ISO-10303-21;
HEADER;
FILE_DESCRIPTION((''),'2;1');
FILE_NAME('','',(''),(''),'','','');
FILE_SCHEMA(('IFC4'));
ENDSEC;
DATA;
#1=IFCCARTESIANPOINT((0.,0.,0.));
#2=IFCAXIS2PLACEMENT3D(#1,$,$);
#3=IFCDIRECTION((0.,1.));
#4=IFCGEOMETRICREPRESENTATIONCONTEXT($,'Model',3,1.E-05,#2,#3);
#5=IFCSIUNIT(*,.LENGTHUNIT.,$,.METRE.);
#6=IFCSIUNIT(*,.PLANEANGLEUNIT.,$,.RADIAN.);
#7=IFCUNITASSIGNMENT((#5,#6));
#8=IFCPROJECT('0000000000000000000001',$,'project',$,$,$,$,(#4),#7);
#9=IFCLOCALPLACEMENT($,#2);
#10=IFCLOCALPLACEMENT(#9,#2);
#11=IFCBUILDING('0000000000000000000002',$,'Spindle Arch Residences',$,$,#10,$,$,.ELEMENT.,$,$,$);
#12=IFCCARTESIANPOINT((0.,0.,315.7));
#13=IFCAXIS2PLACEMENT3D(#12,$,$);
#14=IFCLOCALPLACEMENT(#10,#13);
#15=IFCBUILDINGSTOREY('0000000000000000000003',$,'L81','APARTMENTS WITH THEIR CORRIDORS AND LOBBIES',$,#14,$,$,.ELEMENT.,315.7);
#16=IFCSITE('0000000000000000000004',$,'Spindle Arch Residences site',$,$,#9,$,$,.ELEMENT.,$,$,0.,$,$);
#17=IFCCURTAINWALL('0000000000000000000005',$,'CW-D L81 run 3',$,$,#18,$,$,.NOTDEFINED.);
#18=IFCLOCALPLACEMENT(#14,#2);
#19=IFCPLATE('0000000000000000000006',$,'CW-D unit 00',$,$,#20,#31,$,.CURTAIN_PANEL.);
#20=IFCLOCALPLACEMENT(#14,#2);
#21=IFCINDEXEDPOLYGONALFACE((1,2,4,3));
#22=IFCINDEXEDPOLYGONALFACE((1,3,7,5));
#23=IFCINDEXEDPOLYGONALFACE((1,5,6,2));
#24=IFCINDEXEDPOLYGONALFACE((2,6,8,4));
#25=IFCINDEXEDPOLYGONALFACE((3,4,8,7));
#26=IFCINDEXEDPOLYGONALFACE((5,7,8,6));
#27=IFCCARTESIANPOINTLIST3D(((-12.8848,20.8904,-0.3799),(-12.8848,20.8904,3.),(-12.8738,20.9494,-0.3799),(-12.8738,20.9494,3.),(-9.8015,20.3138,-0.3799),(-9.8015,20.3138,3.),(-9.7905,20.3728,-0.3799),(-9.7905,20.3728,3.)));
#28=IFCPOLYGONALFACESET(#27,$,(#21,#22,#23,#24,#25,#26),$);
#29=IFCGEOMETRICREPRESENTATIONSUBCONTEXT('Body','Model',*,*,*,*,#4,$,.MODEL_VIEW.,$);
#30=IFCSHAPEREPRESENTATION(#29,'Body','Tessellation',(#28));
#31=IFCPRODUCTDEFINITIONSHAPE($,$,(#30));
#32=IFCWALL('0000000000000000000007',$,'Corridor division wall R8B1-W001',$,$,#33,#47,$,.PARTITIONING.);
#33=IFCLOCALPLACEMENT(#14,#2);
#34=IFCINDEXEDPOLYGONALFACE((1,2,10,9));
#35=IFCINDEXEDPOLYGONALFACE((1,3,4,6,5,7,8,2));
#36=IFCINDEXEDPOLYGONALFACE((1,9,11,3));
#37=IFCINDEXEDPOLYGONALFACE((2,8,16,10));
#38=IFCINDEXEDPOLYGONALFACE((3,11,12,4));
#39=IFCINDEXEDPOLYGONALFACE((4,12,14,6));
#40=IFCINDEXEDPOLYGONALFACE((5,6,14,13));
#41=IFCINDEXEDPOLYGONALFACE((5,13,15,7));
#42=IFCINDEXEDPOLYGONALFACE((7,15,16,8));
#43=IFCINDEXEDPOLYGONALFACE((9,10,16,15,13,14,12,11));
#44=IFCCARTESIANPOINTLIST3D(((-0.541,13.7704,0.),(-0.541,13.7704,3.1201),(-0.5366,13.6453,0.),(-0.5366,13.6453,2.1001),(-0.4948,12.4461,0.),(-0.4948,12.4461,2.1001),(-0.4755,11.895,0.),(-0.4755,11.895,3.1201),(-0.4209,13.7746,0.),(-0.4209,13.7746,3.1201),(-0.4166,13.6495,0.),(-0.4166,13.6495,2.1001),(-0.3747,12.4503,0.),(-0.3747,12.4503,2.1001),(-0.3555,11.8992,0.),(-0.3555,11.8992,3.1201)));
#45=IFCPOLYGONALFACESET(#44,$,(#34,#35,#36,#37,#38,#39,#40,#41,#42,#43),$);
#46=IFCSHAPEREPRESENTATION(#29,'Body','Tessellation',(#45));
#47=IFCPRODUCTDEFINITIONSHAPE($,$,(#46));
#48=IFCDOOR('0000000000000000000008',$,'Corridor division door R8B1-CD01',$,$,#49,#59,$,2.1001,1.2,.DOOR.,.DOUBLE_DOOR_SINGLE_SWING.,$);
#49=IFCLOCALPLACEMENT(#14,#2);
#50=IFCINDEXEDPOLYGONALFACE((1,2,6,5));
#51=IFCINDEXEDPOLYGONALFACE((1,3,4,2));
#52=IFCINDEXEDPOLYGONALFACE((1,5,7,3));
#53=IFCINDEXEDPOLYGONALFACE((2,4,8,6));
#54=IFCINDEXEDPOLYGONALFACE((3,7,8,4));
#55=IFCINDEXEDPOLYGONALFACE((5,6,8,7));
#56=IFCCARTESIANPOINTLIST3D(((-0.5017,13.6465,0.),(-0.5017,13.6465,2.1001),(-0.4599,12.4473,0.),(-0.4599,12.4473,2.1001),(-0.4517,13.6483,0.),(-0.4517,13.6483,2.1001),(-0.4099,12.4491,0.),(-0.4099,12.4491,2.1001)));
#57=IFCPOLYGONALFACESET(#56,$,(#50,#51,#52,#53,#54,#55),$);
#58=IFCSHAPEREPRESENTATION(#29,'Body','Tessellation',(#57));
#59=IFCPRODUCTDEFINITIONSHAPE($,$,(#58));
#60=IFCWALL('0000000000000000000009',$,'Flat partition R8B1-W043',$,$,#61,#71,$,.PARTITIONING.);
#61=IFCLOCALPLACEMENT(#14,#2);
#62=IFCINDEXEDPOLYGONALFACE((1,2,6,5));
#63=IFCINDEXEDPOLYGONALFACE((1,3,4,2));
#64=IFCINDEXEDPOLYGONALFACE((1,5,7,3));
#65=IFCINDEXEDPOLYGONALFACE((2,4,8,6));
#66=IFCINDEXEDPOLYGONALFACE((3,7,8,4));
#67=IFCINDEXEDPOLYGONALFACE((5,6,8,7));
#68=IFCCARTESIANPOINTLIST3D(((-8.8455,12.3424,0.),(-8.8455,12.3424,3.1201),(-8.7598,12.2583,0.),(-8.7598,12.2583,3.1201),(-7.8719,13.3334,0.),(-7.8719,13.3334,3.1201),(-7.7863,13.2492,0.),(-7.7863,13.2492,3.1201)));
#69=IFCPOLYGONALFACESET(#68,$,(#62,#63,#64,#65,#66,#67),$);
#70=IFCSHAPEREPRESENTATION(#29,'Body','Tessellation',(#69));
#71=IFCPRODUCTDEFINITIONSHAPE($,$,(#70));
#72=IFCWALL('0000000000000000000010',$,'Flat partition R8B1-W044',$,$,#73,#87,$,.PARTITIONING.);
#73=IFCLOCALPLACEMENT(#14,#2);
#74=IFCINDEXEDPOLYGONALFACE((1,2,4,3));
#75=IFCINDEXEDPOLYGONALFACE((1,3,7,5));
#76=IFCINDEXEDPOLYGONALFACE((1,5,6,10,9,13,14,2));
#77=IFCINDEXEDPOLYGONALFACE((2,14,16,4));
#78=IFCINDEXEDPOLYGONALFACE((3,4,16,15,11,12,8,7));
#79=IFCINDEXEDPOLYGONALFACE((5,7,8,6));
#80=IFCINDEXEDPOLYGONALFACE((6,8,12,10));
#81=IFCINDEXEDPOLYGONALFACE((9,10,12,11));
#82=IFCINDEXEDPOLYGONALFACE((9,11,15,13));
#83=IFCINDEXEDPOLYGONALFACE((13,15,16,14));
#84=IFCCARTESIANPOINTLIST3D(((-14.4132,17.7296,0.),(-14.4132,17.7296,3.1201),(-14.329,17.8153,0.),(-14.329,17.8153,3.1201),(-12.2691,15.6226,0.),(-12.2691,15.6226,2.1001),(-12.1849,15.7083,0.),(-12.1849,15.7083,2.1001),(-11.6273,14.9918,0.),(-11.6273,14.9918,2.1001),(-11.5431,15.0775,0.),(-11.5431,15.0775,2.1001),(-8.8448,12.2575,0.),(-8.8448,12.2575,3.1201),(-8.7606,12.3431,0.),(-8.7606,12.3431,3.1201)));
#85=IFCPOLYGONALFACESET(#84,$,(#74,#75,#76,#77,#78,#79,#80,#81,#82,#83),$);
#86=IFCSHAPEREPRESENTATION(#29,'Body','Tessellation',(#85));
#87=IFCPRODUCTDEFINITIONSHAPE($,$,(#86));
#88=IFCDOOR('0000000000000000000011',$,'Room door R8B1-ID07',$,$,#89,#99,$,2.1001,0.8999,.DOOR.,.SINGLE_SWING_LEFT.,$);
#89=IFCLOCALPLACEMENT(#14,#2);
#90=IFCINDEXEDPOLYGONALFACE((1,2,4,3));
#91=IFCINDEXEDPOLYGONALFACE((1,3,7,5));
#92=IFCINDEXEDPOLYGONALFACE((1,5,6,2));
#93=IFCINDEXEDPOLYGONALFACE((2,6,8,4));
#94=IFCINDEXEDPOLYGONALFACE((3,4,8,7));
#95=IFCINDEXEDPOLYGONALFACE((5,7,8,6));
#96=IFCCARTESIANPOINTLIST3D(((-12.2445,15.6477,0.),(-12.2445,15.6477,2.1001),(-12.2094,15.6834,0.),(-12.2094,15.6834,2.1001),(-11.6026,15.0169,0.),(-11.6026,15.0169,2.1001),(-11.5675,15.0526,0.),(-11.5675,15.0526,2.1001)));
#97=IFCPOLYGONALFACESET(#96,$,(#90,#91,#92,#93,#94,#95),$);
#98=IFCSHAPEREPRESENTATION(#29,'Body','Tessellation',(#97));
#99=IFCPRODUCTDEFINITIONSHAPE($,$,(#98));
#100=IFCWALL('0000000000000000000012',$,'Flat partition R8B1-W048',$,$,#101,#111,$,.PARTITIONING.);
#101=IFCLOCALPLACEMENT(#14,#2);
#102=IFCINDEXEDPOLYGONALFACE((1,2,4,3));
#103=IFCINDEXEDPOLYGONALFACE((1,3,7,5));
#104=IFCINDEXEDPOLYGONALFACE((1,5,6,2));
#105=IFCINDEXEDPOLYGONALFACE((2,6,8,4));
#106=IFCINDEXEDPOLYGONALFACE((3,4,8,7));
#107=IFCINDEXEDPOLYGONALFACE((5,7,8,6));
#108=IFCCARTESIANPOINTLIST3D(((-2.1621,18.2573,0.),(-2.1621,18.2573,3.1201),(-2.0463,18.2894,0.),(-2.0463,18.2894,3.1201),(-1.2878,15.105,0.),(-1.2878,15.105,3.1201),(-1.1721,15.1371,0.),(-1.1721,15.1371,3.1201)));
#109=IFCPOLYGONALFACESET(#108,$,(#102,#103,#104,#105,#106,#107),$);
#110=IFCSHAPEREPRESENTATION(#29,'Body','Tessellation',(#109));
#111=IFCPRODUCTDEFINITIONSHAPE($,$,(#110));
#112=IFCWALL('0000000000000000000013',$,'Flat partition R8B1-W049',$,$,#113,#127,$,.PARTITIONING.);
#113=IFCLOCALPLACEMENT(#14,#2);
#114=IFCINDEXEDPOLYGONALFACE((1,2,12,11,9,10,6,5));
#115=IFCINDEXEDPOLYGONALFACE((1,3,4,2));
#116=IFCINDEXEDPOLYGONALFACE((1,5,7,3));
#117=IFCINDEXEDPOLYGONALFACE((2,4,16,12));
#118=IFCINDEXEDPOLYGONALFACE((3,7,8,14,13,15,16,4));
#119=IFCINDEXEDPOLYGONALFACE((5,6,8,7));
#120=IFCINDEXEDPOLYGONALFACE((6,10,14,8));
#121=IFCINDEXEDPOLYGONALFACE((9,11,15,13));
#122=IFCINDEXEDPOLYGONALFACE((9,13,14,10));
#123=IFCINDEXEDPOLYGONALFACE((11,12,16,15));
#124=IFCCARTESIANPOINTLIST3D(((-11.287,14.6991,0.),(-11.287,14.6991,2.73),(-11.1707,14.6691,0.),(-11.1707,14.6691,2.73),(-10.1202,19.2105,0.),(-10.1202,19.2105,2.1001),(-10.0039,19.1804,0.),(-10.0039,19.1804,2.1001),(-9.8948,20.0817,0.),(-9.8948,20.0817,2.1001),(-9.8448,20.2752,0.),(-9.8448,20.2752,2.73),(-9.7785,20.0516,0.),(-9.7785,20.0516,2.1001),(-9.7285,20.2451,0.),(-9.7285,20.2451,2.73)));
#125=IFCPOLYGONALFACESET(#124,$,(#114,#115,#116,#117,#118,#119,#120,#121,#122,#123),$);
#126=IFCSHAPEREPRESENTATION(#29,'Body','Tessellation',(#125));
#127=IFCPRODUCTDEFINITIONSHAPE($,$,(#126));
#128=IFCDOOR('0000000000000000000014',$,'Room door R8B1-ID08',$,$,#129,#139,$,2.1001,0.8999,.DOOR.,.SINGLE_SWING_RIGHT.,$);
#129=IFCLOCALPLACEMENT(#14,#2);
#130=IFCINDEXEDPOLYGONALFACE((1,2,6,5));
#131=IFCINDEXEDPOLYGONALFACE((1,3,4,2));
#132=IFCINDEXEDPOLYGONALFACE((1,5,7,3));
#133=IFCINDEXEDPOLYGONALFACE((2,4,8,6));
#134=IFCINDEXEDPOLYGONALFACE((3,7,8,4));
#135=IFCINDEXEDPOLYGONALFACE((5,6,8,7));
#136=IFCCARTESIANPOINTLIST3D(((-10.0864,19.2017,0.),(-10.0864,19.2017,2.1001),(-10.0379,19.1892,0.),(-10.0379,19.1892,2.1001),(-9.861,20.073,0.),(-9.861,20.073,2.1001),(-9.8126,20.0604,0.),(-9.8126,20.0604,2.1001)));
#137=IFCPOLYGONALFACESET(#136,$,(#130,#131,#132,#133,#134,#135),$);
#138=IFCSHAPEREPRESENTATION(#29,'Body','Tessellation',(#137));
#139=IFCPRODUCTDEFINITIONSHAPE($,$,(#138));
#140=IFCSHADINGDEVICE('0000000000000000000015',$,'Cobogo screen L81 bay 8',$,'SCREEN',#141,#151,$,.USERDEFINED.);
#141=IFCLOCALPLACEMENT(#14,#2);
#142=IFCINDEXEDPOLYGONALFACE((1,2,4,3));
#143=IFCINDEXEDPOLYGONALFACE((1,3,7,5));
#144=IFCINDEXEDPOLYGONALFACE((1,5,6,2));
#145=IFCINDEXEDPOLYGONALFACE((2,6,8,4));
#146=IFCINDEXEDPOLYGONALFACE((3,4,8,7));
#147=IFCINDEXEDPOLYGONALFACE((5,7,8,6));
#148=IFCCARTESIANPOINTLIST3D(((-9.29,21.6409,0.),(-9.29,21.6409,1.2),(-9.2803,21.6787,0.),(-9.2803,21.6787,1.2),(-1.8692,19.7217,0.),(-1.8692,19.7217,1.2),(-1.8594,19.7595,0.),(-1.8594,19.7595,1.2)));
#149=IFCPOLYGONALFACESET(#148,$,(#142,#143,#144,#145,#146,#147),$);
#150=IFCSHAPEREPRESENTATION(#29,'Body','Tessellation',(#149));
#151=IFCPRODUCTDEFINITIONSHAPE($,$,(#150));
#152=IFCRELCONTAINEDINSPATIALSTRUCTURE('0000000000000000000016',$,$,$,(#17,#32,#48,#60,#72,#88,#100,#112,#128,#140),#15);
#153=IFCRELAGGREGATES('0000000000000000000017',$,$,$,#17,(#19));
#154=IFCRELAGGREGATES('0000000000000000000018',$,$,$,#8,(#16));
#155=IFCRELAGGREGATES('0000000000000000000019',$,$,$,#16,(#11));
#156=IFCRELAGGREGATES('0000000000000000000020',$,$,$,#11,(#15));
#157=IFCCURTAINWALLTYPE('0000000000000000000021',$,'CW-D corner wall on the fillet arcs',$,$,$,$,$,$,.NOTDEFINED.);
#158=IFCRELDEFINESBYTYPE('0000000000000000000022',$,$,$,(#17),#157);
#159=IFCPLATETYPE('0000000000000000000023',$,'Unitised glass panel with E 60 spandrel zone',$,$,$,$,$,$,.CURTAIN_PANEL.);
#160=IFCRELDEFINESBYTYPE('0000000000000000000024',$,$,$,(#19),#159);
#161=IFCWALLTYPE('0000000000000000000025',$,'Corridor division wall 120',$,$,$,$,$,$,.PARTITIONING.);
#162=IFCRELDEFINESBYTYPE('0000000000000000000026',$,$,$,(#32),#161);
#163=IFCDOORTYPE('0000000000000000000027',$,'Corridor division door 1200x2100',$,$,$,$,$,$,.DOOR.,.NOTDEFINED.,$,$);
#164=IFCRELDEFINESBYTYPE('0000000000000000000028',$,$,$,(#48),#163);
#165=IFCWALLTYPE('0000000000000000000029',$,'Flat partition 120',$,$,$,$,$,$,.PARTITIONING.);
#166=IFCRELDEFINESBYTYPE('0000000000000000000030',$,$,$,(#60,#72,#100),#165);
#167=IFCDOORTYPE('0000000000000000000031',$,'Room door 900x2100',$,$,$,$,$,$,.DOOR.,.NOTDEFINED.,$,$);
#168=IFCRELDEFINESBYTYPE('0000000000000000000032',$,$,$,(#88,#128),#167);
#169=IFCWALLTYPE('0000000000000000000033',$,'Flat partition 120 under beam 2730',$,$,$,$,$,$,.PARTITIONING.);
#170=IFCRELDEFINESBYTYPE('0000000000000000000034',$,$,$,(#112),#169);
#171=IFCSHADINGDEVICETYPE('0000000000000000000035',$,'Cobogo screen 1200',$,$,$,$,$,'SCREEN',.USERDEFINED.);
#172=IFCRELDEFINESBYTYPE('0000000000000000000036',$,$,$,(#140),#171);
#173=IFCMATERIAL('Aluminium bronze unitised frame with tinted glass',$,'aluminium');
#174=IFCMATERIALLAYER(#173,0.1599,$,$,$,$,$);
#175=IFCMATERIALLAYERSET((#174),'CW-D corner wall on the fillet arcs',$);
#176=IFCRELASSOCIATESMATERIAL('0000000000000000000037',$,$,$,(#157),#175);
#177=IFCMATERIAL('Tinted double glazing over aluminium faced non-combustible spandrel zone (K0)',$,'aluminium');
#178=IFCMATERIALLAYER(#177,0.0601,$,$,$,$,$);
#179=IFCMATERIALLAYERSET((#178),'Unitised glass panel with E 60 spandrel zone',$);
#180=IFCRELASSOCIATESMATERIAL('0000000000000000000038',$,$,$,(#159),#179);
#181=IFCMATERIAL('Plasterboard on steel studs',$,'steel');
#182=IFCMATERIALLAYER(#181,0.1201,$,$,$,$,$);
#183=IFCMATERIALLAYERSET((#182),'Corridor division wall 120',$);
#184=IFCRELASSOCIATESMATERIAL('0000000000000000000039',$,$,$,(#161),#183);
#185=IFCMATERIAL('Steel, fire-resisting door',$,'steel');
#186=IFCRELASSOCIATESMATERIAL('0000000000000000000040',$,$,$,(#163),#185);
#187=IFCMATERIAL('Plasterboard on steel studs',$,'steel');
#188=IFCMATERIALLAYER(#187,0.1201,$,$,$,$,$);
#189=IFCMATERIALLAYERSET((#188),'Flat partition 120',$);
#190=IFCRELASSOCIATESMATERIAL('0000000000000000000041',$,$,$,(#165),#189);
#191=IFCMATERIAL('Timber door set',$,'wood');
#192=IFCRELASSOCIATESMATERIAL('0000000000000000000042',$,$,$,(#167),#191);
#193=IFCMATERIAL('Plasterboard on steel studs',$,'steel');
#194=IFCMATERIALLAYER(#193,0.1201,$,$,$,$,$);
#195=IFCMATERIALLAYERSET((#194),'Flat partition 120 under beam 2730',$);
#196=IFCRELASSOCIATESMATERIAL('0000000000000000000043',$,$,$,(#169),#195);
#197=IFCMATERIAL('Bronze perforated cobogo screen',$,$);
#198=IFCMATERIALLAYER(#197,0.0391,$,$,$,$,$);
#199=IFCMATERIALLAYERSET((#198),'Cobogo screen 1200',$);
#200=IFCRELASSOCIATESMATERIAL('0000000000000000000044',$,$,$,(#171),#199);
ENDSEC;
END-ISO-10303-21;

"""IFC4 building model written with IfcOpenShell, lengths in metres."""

from ifc_helpers import new_model, si_unit, direction, frame, frame_2d, origin, origin_2d, place, context, subcontext, project, spatial, rectangle, extrude, material, layer, layer_set, type_object, element, fill, aggregate, save


model = new_model("IFC4")

# Units and contexts
model_context = context("Model", 3, precision=1e-05, world=origin(), true_north=direction((0.0, 1.0)))
body_context = subcontext(model_context, "Body", "Model", "MODEL_VIEW")
ifc_project = project(units=[si_unit("LENGTHUNIT", "METRE"), si_unit("PLANEANGLEUNIT", "RADIAN")], contexts=[model_context])

# Site, building, storey
site_placement = place(None, origin())
site = spatial("IfcSite", under=ifc_project, at=site_placement, Name="Spindle Arch Residences site", CompositionType="ELEMENT", RefElevation=0.0)
building_placement = place(site_placement, origin())
building = spatial("IfcBuilding", under=site, at=building_placement, Name="Spindle Arch Residences", CompositionType="ELEMENT")
storey_placement = place(building_placement, frame((0.0, 0.0, 315.7)))
storey = spatial("IfcBuildingStorey", under=building, at=storey_placement, Name="L81", Description="APARTMENTS WITH THEIR CORRIDORS AND LOBBIES", CompositionType="ELEMENT", Elevation=315.7)

# Curtain wall
ifc_material_1 = material(Name="Aluminium bronze unitised frame with tinted glass", Category="aluminium")
ifc_layer_1 = layer(ifc_material_1, 0.1599)
ifc_layer_set_1 = layer_set([ifc_layer_1], Name="CW-D corner wall on the fillet arcs")
curtain_wall_type_1 = type_object("IfcCurtainWallType", Name="CW-D corner wall on the fillet arcs", PredefinedType="NOTDEFINED", material=ifc_layer_set_1)
curtain_wall_1_placement = place(storey_placement, origin())
curtain_wall_1 = element("IfcCurtainWall", 1, at=curtain_wall_1_placement, inside=storey, type_object=curtain_wall_type_1, Name="CW-D L81 run 3", PredefinedType="NOTDEFINED")

# Plate
ifc_material_2 = material(Name="Tinted double glazing over aluminium faced non-combustible spandrel zone (K0)", Category="aluminium")
ifc_layer_2 = layer(ifc_material_2, 0.0601)
ifc_layer_set_2 = layer_set([ifc_layer_2], Name="Unitised glass panel with E 60 spandrel zone")
plate_type = type_object("IfcPlateType", Name="Unitised glass panel with E 60 spandrel zone", PredefinedType="CURTAIN_PANEL", material=ifc_layer_set_2)
plate_1_placement = place(storey_placement, frame((-11.3376, 20.6316, -0.3799), z_axis=(0.0, 0.0, 1.0), x_axis=(-0.982957, 0.183837, 0.0)))
plate_1 = element("IfcPlate", 2, at=plate_1_placement, type_object=plate_type, Name="CW-D unit 00", PredefinedType="CURTAIN_PANEL", context=body_context, shape_type="SweptSolid", body=[
    extrude(rectangle(XDim=3.1367, YDim=0.0601, at=origin_2d()), origin(), (0.0, 0.0, 1.0), 3.3799),
])
aggregate(curtain_wall_1, [plate_1])

# Wall, opening, door
ifc_material_3 = material(Name="Plasterboard on steel studs", Category="steel")
ifc_layer_3 = layer(ifc_material_3, 0.1201)
ifc_layer_set_3 = layer_set([ifc_layer_3], Name="Corridor division wall 120")
wall_type_1 = type_object("IfcWallType", Name="Corridor division wall 120", PredefinedType="PARTITIONING", material=ifc_layer_set_3)
wall_1_placement = place(storey_placement, frame((-0.481, 13.7725, 0.0), z_axis=(0.0, 0.0, 1.0), x_axis=(0.03487, -0.999392, 0.0)))
wall_1 = element("IfcWall", 3, at=wall_1_placement, inside=storey, type_object=wall_type_1, Name="Corridor division wall R8B1-W001", PredefinedType="PARTITIONING", context=body_context, shape_type="SweptSolid", body=[
    extrude(rectangle(XDim=1.8765, YDim=0.1201, at=frame_2d((0.9382, 0.0))), origin(), (0.0, 0.0, 1.0), 3.1201),
])
opening_1_placement = place(wall_1_placement, frame((0.125, 0.0, 0.0)))
opening_1 = element("IfcOpeningElement", 4, at=opening_1_placement, cuts=wall_1, PredefinedType="OPENING", context=body_context, shape_type="SweptSolid", body=[
    extrude(rectangle(XDim=1.2, YDim=2.1001, at=frame_2d((0.6001, 1.05))), frame((0.0, 0.0701, 0.0), z_axis=(0.0, -1.0, 0.0), x_axis=(1.0, 0.0, 0.0)), (0.0, 0.0, 1.0), 0.1401),
])
ifc_material_4 = material(Name="Steel, fire-resisting door", Category="steel")
door_type_1 = type_object("IfcDoorType", Name="Corridor division door 1200x2100", OperationType="NOTDEFINED", PredefinedType="DOOR", material=ifc_material_4)
door_1_placement = place(opening_1_placement, origin())
door_1 = element("IfcDoor", 5, at=door_1_placement, inside=storey, type_object=door_type_1, Name="Corridor division door R8B1-CD01", OperationType="DOUBLE_DOOR_SINGLE_SWING", OverallHeight=2.1001, OverallWidth=1.2, PredefinedType="DOOR", context=body_context, shape_type="SweptSolid", body=[
    extrude(rectangle(XDim=1.2, YDim=2.1001, at=frame_2d((0.6001, 1.05))), frame((0.0, 0.0249, 0.0), z_axis=(0.0, -1.0, 0.0), x_axis=(1.0, 0.0, 0.0)), (0.0, 0.0, 1.0), 0.05),
])
fill(opening_1, door_1)

# Wall
ifc_material_5 = material(Name="Plasterboard on steel studs", Category="steel")
ifc_layer_4 = layer(ifc_material_5, 0.1201)
ifc_layer_set_4 = layer_set([ifc_layer_4], Name="Flat partition 120")
wall_type_2 = type_object("IfcWallType", Name="Flat partition 120", PredefinedType="PARTITIONING", material=ifc_layer_set_4)
wall_2_placement = place(storey_placement, frame((-7.8291, 13.2913, 0.0), z_axis=(0.0, 0.0, 1.0), x_axis=(-0.700841, -0.713318, 0.0)))
element("IfcWall", 6, at=wall_2_placement, inside=storey, type_object=wall_type_2, Name="Flat partition R8B1-W043", PredefinedType="PARTITIONING", context=body_context, shape_type="SweptSolid", body=[
    extrude(rectangle(XDim=1.3892, YDim=0.1201, at=frame_2d((0.6946, 0.0))), origin(), (0.0, 0.0, 1.0), 3.1201),
])

# Wall, opening, door
wall_3_placement = place(storey_placement, frame((-8.8027, 12.3003, 0.0), z_axis=(0.0, 0.0, 1.0), x_axis=(-0.71324, 0.700919, 0.0)))
wall_3 = element("IfcWall", 7, at=wall_3_placement, inside=storey, type_object=wall_type_2, Name="Flat partition R8B1-W044", PredefinedType="PARTITIONING", context=body_context, shape_type="SweptSolid", body=[
    extrude(rectangle(XDim=7.8071, YDim=0.1201, at=frame_2d((3.9036, 0.0))), origin(), (0.0, 0.0, 1.0), 3.1201),
])
opening_2_placement = place(wall_3_placement, frame((3.9011, 0.0, 0.0)))
opening_2 = element("IfcOpeningElement", 8, at=opening_2_placement, cuts=wall_3, PredefinedType="OPENING", context=body_context, shape_type="SweptSolid", body=[
    extrude(rectangle(XDim=0.8999, YDim=2.1001, at=frame_2d((0.45, 1.05))), frame((0.0, 0.0701, 0.0), z_axis=(0.0, -1.0, 0.0), x_axis=(1.0, 0.0, 0.0)), (0.0, 0.0, 1.0), 0.1401),
])
ifc_material_6 = material(Name="Timber door set", Category="wood")
door_type_2 = type_object("IfcDoorType", Name="Room door 900x2100", OperationType="NOTDEFINED", PredefinedType="DOOR", material=ifc_material_6)
door_2_placement = place(opening_2_placement, origin())
door_2 = element("IfcDoor", 9, at=door_2_placement, inside=storey, type_object=door_type_2, Name="Room door R8B1-ID07", OperationType="SINGLE_SWING_LEFT", OverallHeight=2.1001, OverallWidth=0.8999, PredefinedType="DOOR", context=body_context, shape_type="SweptSolid", body=[
    extrude(rectangle(XDim=0.8999, YDim=2.1001, at=frame_2d((0.45, 1.05))), frame((0.0, 0.0249, 0.0), z_axis=(0.0, -1.0, 0.0), x_axis=(1.0, 0.0, 0.0)), (0.0, 0.0, 1.0), 0.05),
])
fill(opening_2, door_2)

# Wall
wall_4_placement = place(storey_placement, frame((-2.1042, 18.2734, 0.0), z_axis=(0.0, 0.0, 1.0), x_axis=(0.267251, -0.963627, 0.0)))
element("IfcWall", 10, at=wall_4_placement, inside=storey, type_object=wall_type_2, Name="Flat partition R8B1-W048", PredefinedType="PARTITIONING", context=body_context, shape_type="SweptSolid", body=[
    extrude(rectangle(XDim=3.2712, YDim=0.1201, at=frame_2d((1.6357, 0.0))), origin(), (0.0, 0.0, 1.0), 3.1201),
])

# Wall, opening, door
ifc_material_7 = material(Name="Plasterboard on steel studs", Category="steel")
ifc_layer_5 = layer(ifc_material_7, 0.1201)
ifc_layer_set_5 = layer_set([ifc_layer_5], Name="Flat partition 120 under beam 2730")
wall_type_3 = type_object("IfcWallType", Name="Flat partition 120 under beam 2730", PredefinedType="PARTITIONING", material=ifc_layer_set_5)
wall_5_placement = place(storey_placement, frame((-9.7866, 20.2603, 0.0), z_axis=(0.0, 0.0, 1.0), x_axis=(-0.250397, -0.968143, 0.0)))
wall_5 = element("IfcWall", 11, at=wall_5_placement, inside=storey, type_object=wall_type_3, Name="Flat partition R8B1-W049", PredefinedType="PARTITIONING", context=body_context, shape_type="SweptSolid", body=[
    extrude(rectangle(XDim=5.7595, YDim=0.1201, at=frame_2d((2.8799, 0.0))), origin(), (0.0, 0.0, 1.0), 2.73),
])
opening_3_placement = place(wall_5_placement, frame((0.2, 0.0, 0.0)))
opening_3 = element("IfcOpeningElement", 12, at=opening_3_placement, cuts=wall_5, PredefinedType="OPENING", context=body_context, shape_type="SweptSolid", body=[
    extrude(rectangle(XDim=0.8999, YDim=2.1001, at=frame_2d((0.45, 1.05))), frame((0.0, 0.0701, 0.0), z_axis=(0.0, -1.0, 0.0), x_axis=(1.0, 0.0, 0.0)), (0.0, 0.0, 1.0), 0.1401),
])
door_3_placement = place(opening_3_placement, origin())
door_3 = element("IfcDoor", 13, at=door_3_placement, inside=storey, type_object=door_type_2, Name="Room door R8B1-ID08", OperationType="SINGLE_SWING_RIGHT", OverallHeight=2.1001, OverallWidth=0.8999, PredefinedType="DOOR", context=body_context, shape_type="SweptSolid", body=[
    extrude(rectangle(XDim=0.8999, YDim=2.1001, at=frame_2d((0.45, 1.05))), frame((0.0, 0.0249, 0.0), z_axis=(0.0, -1.0, 0.0), x_axis=(1.0, 0.0, 0.0)), (0.0, 0.0, 1.0), 0.05),
])
fill(opening_3, door_3)

# Shading device
ifc_material_8 = material(Name="Bronze perforated cobogo screen")
ifc_layer_6 = layer(ifc_material_8, 0.0391)
ifc_layer_set_6 = layer_set([ifc_layer_6], Name="Cobogo screen 1200")
shading_device_type = type_object("IfcShadingDeviceType", Name="Cobogo screen 1200", ElementType="SCREEN", PredefinedType="USERDEFINED", material=ifc_layer_set_6)
shading_device_placement = place(storey_placement, frame((-5.5747, 20.7002, 0.0), z_axis=(0.0, 0.0, 1.0), x_axis=(-0.968148, 0.25038, 0.0)))
element("IfcShadingDevice", 14, at=shading_device_placement, inside=storey, type_object=shading_device_type, Name="Cobogo screen L81 bay 8", ObjectType="SCREEN", PredefinedType="USERDEFINED", context=body_context, shape_type="SweptSolid", body=[
    extrude(rectangle(XDim=7.665, YDim=0.0391, at=origin_2d()), origin(), (0.0, 0.0, 1.0), 1.2),
])

save(model, "model.ifc")
